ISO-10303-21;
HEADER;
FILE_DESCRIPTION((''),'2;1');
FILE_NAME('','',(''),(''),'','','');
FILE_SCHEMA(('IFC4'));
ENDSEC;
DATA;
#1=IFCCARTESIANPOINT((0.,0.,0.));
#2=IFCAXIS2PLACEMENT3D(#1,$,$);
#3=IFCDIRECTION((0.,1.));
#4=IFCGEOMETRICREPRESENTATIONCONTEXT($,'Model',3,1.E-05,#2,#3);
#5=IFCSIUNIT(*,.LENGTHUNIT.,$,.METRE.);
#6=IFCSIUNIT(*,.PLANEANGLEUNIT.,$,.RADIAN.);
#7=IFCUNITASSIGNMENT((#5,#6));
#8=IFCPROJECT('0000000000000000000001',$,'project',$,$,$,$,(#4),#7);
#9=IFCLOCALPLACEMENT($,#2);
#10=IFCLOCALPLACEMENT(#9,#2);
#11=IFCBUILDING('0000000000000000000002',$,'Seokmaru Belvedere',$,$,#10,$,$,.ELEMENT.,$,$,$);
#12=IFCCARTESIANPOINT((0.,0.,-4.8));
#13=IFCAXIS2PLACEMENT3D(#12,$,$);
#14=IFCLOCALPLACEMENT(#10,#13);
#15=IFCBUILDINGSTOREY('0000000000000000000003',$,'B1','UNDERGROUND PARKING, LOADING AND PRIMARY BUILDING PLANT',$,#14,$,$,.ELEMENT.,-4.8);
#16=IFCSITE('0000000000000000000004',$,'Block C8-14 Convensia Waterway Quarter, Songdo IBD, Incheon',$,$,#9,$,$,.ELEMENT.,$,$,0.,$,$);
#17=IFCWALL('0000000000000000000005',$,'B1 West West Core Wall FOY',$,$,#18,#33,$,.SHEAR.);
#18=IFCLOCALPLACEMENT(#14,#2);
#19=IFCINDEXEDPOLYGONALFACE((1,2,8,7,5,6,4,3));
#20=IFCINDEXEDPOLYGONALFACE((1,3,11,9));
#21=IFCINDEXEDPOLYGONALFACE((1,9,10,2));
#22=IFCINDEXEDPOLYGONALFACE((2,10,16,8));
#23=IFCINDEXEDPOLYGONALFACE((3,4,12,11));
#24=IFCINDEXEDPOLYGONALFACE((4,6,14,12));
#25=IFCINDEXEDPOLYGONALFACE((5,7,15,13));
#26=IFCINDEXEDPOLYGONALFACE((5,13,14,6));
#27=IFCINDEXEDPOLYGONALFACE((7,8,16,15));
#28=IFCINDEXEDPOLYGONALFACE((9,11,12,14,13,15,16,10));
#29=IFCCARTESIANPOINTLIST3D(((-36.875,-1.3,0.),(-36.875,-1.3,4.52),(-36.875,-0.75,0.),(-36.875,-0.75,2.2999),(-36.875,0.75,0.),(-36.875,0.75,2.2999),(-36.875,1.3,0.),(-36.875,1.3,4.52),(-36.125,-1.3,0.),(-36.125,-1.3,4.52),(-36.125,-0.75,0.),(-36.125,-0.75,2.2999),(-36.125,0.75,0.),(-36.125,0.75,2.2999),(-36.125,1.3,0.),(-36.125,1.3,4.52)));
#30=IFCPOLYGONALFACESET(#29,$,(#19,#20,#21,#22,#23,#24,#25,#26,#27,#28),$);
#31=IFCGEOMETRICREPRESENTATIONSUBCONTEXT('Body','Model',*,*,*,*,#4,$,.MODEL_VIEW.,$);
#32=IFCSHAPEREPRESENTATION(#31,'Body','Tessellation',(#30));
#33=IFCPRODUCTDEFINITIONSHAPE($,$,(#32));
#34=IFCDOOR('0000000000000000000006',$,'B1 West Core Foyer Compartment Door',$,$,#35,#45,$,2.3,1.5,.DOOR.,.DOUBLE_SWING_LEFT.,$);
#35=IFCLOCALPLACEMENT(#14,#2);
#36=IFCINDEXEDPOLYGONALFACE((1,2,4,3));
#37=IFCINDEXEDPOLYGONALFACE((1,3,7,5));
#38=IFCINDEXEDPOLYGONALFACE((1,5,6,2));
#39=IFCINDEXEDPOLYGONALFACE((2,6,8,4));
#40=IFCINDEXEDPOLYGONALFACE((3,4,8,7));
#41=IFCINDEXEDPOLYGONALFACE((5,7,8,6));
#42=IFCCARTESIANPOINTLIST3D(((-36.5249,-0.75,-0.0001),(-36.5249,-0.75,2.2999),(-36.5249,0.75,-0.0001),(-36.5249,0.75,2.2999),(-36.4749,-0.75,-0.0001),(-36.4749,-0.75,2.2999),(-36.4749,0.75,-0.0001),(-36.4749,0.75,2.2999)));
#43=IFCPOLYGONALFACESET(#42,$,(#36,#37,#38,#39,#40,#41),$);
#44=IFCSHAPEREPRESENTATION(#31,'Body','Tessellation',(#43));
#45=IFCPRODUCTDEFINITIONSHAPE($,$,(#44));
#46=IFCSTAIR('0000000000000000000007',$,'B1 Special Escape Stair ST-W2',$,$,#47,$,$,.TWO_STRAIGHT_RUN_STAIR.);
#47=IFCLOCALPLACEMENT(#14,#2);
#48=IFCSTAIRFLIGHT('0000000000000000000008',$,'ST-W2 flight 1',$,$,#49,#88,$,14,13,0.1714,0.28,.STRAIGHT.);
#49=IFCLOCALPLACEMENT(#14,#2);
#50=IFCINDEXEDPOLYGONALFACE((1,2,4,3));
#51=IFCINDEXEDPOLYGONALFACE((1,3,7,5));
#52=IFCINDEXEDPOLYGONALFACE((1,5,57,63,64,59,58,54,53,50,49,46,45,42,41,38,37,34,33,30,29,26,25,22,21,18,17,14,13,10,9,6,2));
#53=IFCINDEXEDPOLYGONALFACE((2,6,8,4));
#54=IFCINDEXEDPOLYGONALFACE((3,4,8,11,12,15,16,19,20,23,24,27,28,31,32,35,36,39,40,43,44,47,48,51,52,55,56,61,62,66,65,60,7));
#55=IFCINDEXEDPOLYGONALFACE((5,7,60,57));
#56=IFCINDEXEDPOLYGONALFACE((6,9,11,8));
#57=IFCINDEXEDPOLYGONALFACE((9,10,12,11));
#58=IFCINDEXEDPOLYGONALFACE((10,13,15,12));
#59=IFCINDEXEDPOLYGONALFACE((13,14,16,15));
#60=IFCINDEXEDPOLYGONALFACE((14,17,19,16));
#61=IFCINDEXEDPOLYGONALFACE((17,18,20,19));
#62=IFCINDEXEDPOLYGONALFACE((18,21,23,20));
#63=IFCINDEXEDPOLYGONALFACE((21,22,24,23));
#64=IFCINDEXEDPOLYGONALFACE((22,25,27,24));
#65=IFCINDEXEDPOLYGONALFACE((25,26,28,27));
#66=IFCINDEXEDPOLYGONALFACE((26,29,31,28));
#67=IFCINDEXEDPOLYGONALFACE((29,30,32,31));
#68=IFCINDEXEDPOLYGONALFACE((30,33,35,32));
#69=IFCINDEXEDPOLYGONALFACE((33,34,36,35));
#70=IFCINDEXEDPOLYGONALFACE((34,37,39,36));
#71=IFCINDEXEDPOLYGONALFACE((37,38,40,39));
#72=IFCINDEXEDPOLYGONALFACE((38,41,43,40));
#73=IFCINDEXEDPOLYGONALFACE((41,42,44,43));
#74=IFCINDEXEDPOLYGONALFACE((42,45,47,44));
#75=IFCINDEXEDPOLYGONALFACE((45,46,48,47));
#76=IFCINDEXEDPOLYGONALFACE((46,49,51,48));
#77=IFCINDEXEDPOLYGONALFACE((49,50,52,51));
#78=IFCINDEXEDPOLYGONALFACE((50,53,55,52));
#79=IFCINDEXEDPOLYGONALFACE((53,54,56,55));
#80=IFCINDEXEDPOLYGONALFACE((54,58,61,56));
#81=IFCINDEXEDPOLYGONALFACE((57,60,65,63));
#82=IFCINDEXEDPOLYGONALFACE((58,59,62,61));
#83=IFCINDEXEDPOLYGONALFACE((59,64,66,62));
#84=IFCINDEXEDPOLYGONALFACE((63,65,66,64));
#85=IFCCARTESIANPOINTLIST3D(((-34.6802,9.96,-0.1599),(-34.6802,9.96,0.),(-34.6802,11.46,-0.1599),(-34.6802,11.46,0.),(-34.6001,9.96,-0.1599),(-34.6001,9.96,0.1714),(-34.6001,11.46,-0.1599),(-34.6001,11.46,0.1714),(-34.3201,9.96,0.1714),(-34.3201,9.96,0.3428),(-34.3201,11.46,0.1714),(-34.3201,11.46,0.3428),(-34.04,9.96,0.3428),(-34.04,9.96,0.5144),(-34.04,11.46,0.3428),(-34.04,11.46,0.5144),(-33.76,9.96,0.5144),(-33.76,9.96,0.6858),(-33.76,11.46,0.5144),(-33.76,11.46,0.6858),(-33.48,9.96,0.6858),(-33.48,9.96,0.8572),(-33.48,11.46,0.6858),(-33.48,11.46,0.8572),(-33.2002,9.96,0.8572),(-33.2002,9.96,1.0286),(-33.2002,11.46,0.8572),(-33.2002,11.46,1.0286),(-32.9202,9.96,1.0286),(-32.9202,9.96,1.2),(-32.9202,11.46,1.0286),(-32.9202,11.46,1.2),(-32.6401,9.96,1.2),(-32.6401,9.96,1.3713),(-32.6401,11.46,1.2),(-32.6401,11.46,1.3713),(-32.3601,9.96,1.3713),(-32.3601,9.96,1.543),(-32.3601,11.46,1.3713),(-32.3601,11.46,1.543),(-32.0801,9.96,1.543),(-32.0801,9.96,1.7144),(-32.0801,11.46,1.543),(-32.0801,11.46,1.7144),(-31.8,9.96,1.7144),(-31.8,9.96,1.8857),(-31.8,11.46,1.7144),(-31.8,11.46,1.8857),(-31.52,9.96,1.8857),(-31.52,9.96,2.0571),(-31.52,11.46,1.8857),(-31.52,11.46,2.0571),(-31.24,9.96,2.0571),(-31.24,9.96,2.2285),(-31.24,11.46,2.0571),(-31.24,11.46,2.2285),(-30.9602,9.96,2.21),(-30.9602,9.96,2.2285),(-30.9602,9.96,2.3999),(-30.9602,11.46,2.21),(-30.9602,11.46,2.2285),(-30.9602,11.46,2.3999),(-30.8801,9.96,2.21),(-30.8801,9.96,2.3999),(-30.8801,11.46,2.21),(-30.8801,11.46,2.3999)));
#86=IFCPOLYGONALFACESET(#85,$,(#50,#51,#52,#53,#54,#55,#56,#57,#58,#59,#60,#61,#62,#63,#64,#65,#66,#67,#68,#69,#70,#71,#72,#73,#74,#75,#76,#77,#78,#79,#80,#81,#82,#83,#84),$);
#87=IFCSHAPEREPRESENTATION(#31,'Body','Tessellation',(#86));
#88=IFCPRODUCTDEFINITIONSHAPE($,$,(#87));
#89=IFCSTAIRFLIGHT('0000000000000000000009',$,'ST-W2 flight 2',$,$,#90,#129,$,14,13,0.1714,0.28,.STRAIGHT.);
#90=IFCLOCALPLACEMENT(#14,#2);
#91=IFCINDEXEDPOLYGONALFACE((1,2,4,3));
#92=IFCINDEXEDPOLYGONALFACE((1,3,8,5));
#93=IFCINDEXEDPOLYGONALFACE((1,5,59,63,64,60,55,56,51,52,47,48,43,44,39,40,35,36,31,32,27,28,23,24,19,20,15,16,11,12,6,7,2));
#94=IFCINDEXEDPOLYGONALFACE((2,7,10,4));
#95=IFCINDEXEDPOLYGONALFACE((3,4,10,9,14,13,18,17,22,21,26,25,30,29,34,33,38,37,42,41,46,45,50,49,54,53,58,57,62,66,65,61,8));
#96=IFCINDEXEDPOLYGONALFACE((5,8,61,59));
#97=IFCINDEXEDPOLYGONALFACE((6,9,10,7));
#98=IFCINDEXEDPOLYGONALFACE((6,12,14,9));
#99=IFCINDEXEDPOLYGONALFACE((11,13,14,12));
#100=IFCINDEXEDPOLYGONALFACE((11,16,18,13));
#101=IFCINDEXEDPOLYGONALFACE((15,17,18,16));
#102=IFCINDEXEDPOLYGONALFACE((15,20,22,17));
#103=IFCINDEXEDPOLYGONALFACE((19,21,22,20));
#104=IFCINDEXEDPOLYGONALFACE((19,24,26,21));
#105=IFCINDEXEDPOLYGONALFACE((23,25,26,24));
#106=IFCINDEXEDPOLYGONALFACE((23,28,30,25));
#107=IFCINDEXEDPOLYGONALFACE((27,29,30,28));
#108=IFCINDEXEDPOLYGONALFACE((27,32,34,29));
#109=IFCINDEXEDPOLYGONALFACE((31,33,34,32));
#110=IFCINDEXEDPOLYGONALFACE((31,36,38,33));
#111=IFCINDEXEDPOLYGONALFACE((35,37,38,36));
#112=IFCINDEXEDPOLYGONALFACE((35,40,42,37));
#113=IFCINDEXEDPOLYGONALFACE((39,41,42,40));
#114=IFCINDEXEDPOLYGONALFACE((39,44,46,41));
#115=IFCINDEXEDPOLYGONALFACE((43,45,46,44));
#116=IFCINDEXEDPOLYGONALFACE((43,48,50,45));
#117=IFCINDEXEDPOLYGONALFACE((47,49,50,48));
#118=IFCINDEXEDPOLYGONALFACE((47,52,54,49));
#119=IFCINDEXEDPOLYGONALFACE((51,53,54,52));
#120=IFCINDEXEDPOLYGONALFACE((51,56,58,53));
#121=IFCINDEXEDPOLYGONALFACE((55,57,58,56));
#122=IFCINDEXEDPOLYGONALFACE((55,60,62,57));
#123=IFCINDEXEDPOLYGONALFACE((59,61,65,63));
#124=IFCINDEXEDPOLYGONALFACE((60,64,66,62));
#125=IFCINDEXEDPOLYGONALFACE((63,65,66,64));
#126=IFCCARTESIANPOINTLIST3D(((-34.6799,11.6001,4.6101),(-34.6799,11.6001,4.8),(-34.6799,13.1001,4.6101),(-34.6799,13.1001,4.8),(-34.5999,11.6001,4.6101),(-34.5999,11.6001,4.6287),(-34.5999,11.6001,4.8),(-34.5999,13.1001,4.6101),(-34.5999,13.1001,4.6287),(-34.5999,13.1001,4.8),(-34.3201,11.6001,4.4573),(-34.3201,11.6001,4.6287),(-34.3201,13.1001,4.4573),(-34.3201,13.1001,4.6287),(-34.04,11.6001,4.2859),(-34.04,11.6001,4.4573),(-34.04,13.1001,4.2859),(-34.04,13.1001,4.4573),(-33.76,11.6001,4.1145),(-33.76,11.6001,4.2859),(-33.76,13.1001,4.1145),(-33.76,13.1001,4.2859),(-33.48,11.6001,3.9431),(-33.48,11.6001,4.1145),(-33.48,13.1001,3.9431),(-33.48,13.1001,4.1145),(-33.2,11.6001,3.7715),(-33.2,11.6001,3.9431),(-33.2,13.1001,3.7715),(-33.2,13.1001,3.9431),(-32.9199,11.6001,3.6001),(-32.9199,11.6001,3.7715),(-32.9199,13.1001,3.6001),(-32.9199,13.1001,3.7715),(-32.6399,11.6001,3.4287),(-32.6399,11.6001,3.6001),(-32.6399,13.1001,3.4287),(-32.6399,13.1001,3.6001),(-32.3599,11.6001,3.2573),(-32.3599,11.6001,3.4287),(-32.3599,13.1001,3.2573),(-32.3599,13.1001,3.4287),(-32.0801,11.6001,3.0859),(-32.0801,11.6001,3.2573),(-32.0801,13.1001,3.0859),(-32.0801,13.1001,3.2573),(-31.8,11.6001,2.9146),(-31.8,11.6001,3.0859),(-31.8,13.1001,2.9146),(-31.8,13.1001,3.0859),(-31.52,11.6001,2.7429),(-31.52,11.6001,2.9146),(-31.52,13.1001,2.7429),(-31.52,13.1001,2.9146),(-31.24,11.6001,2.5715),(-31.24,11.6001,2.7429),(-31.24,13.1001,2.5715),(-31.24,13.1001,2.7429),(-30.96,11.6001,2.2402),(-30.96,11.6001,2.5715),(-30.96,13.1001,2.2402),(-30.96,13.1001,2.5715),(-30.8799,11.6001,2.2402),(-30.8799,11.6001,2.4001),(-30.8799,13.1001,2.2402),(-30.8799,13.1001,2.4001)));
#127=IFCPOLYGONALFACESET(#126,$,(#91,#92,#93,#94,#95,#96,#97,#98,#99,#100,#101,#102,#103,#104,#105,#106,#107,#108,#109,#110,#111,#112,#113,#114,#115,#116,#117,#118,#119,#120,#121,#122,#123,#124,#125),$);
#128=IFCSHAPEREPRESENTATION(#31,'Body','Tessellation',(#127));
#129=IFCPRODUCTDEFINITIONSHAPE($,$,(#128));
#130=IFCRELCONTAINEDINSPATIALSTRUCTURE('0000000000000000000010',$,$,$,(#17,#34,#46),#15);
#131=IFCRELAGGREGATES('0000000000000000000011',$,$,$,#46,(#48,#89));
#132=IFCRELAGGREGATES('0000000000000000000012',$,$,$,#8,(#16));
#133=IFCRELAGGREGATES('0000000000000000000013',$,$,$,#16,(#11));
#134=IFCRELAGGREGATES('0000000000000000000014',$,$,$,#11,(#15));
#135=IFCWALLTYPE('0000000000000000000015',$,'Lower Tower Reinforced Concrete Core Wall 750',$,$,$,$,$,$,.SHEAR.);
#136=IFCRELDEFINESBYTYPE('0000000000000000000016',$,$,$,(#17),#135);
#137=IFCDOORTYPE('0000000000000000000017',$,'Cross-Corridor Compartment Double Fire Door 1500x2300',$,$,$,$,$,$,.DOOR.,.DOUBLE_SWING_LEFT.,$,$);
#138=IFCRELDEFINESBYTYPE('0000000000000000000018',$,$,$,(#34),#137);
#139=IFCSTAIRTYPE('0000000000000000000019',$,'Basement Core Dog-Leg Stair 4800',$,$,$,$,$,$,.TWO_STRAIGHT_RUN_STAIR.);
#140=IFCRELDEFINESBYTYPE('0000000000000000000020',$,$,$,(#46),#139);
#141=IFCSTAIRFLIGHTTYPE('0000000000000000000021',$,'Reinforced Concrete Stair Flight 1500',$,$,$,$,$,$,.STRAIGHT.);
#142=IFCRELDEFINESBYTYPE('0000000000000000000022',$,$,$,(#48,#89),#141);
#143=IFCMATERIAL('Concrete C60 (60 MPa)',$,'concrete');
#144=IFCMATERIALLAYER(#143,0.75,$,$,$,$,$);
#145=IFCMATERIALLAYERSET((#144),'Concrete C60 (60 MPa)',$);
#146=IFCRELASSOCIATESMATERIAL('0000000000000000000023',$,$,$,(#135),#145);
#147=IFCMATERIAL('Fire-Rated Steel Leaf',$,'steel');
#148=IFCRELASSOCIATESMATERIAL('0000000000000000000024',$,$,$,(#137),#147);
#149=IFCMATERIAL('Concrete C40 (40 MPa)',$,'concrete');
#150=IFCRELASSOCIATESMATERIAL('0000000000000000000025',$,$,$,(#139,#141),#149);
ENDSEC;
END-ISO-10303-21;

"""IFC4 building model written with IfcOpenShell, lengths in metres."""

from ifc_helpers import new_model, si_unit, direction, frame, frame_2d, origin, place, context, subcontext, project, spatial, polyline, rectangle, outline, extrude, source, transform, mapped, material, layer, layer_set, type_object, type_shapes, element, fill, aggregate, save


model = new_model("IFC4")

# Units and contexts
model_context = context("Model", 3, precision=1e-05, world=origin(), true_north=direction((0.0, 1.0)))
body_context = subcontext(model_context, "Body", "Model", "MODEL_VIEW")
ifc_project = project(units=[si_unit("LENGTHUNIT", "METRE"), si_unit("PLANEANGLEUNIT", "RADIAN")], contexts=[model_context])

# Site, building, storey
site_placement = place(None, origin())
site = spatial("IfcSite", under=ifc_project, at=site_placement, Name="Block C8-14 Convensia Waterway Quarter, Songdo IBD, Incheon", CompositionType="ELEMENT", RefElevation=0.0)
building_placement = place(site_placement, origin())
building = spatial("IfcBuilding", under=site, at=building_placement, Name="Seokmaru Belvedere", CompositionType="ELEMENT")
storey_placement = place(building_placement, frame((0.0, 0.0, -4.8)))
storey = spatial("IfcBuildingStorey", under=building, at=storey_placement, Name="B1", Description="UNDERGROUND PARKING, LOADING AND PRIMARY BUILDING PLANT", CompositionType="ELEMENT", Elevation=-4.8)

# Shared definitions
ifc_material_1 = material(Name="Fire-Rated Steel Leaf", Category="steel")

# Shared definitions
ifc_material_2 = material(Name="Concrete C60 (60 MPa)", Category="concrete")
ifc_layer_1 = layer(ifc_material_2, 0.75)
ifc_layer_set_1 = layer_set([ifc_layer_1], Name="Concrete C60 (60 MPa)")
wall_type_1 = type_object("IfcWallType", Name="Lower Tower Reinforced Concrete Core Wall 750", PredefinedType="SHEAR", material=ifc_layer_set_1)

# Wall, opening, door
wall_1_placement = place(storey_placement, frame((-36.5, -1.3, 0.0), z_axis=(0.0, 0.0, 1.0), x_axis=(0.0, 1.0, 0.0)))
wall_1 = element("IfcWall", 1, at=wall_1_placement, inside=storey, type_object=wall_type_1, Name="B1 West West Core Wall FOY", PredefinedType="SHEAR", context=body_context, shape_type="SweptSolid", body=[
    extrude(rectangle(XDim=2.6001, YDim=0.75, at=frame_2d((1.3, 0.0))), origin(), (0.0, 0.0, 1.0), 4.52),
])
opening_1_placement = place(wall_1_placement, frame((0.55, 0.0, 0.0)))
opening_1 = element("IfcOpeningElement", 2, at=opening_1_placement, cuts=wall_1, PredefinedType="OPENING", context=body_context, shape_type="SweptSolid", body=[
    extrude(rectangle(XDim=1.5, YDim=2.3, at=frame_2d((0.75, 1.1499))), frame((0.0, 0.385, 0.0), z_axis=(0.0, -1.0, 0.0), x_axis=(1.0, 0.0, 0.0)), (0.0, 0.0, 1.0), 0.77),
])
door_type_1 = type_object("IfcDoorType", Name="Cross-Corridor Compartment Double Fire Door 1500x2300", OperationType="DOUBLE_SWING_LEFT", PredefinedType="DOOR", material=ifc_material_1)
shared_shape_1 = source(origin(), body_context, "Body", "SweptSolid", [
    extrude(rectangle(XDim=1.5, YDim=2.3, at=frame_2d((0.75, 1.1499))), frame((0.0, 0.0249, 0.0), z_axis=(0.0, -1.0, 0.0), x_axis=(1.0, 0.0, 0.0)), (0.0, 0.0, 1.0), 0.05),
])
type_shapes(door_type_1, [shared_shape_1])
door_1_placement = place(opening_1_placement, origin())
door_1 = element("IfcDoor", 3, at=door_1_placement, inside=storey, type_object=door_type_1, Name="B1 West Core Foyer Compartment Door", OperationType="DOUBLE_SWING_LEFT", OverallHeight=2.3, OverallWidth=1.5, PredefinedType="DOOR", context=body_context, shape_type="MappedRepresentation", body=[
    mapped(shared_shape_1, transform((0.0, 0.0, 0.0), scale=1.0)),
])
fill(opening_1, door_1)

# Stair, stair flights
ifc_material_3 = material(Name="Concrete C40 (40 MPa)", Category="concrete")
stair_type = type_object("IfcStairType", Name="Basement Core Dog-Leg Stair 4800", PredefinedType="TWO_STRAIGHT_RUN_STAIR", material=ifc_material_3)
stair_placement = place(storey_placement, origin())
stair = element("IfcStair", 4, at=stair_placement, inside=storey, type_object=stair_type, Name="B1 Special Escape Stair ST-W2", PredefinedType="TWO_STRAIGHT_RUN_STAIR")
stair_flight_type = type_object("IfcStairFlightType", Name="Reinforced Concrete Stair Flight 1500", PredefinedType="STRAIGHT", material=ifc_material_3)
stair_flight_1_placement = place(storey_placement, frame((-34.6001, 10.71, 0.0), z_axis=(0.0, 0.0, 1.0), x_axis=(1.0, 0.0, 0.0)))
stair_flight_1 = element("IfcStairFlight", 5, at=stair_flight_1_placement, type_object=stair_flight_type, Name="ST-W2 flight 1", NumberOfRisers=14, NumberOfTreads=13, PredefinedType="STRAIGHT", RiserHeight=0.1714, TreadLength=0.28, context=body_context, shape_type="SweptSolid", body=[
    extrude(outline(polyline([(-0.0801, 0.0), (0.0, 0.1714), (0.28, 0.1714), (0.28, 0.3428), (0.5601, 0.3428), (0.5601, 0.5144), (0.8401, 0.5144), (0.8401, 0.6858), (1.1201, 0.6858), (1.1201, 0.8572), (1.3999, 0.8572), (1.3999, 1.0286), (1.6799, 1.0286), (1.6799, 1.2), (1.96, 1.2), (1.96, 1.3713), (2.24, 1.3713), (2.24, 1.543), (2.52, 1.543), (2.52, 1.7144), (2.8, 1.7144), (2.8, 1.8857), (3.0801, 1.8857), (3.0801, 2.0571), (3.3601, 2.0571), (3.3601, 2.2285), (3.6399, 2.2285), (3.6399, 2.3999), (3.72, 2.3999), (3.72, 2.21), (3.6399, 2.21), (0.0, -0.1599), (-0.0801, -0.1599), (-0.0801, 0.0)])), frame((0.0, 0.75, 0.0), z_axis=(0.0, -1.0, 0.0), x_axis=(1.0, 0.0, 0.0)), (0.0, 0.0, 1.0), 1.5),
])
stair_flight_2_placement = place(storey_placement, frame((-30.96, 12.3501, 2.4001), z_axis=(0.0, 0.0, 1.0), x_axis=(-1.0, 0.0, 0.0)))
stair_flight_2 = element("IfcStairFlight", 6, at=stair_flight_2_placement, type_object=stair_flight_type, Name="ST-W2 flight 2", NumberOfRisers=14, NumberOfTreads=13, PredefinedType="STRAIGHT", RiserHeight=0.1714, TreadLength=0.28, context=body_context, shape_type="SweptSolid", body=[
    extrude(outline(polyline([(-0.0801, 0.0), (0.0, 0.1714), (0.28, 0.1714), (0.28, 0.3428), (0.5601, 0.3428), (0.5601, 0.5144), (0.8401, 0.5144), (0.8401, 0.6858), (1.1201, 0.6858), (1.1201, 0.8572), (1.3999, 0.8572), (1.3999, 1.0286), (1.6799, 1.0286), (1.6799, 1.2), (1.96, 1.2), (1.96, 1.3713), (2.24, 1.3713), (2.24, 1.543), (2.52, 1.543), (2.52, 1.7144), (2.8, 1.7144), (2.8, 1.8857), (3.0801, 1.8857), (3.0801, 2.0571), (3.3601, 2.0571), (3.3601, 2.2285), (3.6399, 2.2285), (3.6399, 2.3999), (3.72, 2.3999), (3.72, 2.21), (3.6399, 2.21), (0.0, -0.1599), (-0.0801, -0.1599), (-0.0801, 0.0)])), frame((0.0, 0.75, 0.0), z_axis=(0.0, -1.0, 0.0), x_axis=(1.0, 0.0, 0.0)), (0.0, 0.0, 1.0), 1.5),
])
aggregate(stair, [stair_flight_1, stair_flight_2])

save(model, "model.ifc")
